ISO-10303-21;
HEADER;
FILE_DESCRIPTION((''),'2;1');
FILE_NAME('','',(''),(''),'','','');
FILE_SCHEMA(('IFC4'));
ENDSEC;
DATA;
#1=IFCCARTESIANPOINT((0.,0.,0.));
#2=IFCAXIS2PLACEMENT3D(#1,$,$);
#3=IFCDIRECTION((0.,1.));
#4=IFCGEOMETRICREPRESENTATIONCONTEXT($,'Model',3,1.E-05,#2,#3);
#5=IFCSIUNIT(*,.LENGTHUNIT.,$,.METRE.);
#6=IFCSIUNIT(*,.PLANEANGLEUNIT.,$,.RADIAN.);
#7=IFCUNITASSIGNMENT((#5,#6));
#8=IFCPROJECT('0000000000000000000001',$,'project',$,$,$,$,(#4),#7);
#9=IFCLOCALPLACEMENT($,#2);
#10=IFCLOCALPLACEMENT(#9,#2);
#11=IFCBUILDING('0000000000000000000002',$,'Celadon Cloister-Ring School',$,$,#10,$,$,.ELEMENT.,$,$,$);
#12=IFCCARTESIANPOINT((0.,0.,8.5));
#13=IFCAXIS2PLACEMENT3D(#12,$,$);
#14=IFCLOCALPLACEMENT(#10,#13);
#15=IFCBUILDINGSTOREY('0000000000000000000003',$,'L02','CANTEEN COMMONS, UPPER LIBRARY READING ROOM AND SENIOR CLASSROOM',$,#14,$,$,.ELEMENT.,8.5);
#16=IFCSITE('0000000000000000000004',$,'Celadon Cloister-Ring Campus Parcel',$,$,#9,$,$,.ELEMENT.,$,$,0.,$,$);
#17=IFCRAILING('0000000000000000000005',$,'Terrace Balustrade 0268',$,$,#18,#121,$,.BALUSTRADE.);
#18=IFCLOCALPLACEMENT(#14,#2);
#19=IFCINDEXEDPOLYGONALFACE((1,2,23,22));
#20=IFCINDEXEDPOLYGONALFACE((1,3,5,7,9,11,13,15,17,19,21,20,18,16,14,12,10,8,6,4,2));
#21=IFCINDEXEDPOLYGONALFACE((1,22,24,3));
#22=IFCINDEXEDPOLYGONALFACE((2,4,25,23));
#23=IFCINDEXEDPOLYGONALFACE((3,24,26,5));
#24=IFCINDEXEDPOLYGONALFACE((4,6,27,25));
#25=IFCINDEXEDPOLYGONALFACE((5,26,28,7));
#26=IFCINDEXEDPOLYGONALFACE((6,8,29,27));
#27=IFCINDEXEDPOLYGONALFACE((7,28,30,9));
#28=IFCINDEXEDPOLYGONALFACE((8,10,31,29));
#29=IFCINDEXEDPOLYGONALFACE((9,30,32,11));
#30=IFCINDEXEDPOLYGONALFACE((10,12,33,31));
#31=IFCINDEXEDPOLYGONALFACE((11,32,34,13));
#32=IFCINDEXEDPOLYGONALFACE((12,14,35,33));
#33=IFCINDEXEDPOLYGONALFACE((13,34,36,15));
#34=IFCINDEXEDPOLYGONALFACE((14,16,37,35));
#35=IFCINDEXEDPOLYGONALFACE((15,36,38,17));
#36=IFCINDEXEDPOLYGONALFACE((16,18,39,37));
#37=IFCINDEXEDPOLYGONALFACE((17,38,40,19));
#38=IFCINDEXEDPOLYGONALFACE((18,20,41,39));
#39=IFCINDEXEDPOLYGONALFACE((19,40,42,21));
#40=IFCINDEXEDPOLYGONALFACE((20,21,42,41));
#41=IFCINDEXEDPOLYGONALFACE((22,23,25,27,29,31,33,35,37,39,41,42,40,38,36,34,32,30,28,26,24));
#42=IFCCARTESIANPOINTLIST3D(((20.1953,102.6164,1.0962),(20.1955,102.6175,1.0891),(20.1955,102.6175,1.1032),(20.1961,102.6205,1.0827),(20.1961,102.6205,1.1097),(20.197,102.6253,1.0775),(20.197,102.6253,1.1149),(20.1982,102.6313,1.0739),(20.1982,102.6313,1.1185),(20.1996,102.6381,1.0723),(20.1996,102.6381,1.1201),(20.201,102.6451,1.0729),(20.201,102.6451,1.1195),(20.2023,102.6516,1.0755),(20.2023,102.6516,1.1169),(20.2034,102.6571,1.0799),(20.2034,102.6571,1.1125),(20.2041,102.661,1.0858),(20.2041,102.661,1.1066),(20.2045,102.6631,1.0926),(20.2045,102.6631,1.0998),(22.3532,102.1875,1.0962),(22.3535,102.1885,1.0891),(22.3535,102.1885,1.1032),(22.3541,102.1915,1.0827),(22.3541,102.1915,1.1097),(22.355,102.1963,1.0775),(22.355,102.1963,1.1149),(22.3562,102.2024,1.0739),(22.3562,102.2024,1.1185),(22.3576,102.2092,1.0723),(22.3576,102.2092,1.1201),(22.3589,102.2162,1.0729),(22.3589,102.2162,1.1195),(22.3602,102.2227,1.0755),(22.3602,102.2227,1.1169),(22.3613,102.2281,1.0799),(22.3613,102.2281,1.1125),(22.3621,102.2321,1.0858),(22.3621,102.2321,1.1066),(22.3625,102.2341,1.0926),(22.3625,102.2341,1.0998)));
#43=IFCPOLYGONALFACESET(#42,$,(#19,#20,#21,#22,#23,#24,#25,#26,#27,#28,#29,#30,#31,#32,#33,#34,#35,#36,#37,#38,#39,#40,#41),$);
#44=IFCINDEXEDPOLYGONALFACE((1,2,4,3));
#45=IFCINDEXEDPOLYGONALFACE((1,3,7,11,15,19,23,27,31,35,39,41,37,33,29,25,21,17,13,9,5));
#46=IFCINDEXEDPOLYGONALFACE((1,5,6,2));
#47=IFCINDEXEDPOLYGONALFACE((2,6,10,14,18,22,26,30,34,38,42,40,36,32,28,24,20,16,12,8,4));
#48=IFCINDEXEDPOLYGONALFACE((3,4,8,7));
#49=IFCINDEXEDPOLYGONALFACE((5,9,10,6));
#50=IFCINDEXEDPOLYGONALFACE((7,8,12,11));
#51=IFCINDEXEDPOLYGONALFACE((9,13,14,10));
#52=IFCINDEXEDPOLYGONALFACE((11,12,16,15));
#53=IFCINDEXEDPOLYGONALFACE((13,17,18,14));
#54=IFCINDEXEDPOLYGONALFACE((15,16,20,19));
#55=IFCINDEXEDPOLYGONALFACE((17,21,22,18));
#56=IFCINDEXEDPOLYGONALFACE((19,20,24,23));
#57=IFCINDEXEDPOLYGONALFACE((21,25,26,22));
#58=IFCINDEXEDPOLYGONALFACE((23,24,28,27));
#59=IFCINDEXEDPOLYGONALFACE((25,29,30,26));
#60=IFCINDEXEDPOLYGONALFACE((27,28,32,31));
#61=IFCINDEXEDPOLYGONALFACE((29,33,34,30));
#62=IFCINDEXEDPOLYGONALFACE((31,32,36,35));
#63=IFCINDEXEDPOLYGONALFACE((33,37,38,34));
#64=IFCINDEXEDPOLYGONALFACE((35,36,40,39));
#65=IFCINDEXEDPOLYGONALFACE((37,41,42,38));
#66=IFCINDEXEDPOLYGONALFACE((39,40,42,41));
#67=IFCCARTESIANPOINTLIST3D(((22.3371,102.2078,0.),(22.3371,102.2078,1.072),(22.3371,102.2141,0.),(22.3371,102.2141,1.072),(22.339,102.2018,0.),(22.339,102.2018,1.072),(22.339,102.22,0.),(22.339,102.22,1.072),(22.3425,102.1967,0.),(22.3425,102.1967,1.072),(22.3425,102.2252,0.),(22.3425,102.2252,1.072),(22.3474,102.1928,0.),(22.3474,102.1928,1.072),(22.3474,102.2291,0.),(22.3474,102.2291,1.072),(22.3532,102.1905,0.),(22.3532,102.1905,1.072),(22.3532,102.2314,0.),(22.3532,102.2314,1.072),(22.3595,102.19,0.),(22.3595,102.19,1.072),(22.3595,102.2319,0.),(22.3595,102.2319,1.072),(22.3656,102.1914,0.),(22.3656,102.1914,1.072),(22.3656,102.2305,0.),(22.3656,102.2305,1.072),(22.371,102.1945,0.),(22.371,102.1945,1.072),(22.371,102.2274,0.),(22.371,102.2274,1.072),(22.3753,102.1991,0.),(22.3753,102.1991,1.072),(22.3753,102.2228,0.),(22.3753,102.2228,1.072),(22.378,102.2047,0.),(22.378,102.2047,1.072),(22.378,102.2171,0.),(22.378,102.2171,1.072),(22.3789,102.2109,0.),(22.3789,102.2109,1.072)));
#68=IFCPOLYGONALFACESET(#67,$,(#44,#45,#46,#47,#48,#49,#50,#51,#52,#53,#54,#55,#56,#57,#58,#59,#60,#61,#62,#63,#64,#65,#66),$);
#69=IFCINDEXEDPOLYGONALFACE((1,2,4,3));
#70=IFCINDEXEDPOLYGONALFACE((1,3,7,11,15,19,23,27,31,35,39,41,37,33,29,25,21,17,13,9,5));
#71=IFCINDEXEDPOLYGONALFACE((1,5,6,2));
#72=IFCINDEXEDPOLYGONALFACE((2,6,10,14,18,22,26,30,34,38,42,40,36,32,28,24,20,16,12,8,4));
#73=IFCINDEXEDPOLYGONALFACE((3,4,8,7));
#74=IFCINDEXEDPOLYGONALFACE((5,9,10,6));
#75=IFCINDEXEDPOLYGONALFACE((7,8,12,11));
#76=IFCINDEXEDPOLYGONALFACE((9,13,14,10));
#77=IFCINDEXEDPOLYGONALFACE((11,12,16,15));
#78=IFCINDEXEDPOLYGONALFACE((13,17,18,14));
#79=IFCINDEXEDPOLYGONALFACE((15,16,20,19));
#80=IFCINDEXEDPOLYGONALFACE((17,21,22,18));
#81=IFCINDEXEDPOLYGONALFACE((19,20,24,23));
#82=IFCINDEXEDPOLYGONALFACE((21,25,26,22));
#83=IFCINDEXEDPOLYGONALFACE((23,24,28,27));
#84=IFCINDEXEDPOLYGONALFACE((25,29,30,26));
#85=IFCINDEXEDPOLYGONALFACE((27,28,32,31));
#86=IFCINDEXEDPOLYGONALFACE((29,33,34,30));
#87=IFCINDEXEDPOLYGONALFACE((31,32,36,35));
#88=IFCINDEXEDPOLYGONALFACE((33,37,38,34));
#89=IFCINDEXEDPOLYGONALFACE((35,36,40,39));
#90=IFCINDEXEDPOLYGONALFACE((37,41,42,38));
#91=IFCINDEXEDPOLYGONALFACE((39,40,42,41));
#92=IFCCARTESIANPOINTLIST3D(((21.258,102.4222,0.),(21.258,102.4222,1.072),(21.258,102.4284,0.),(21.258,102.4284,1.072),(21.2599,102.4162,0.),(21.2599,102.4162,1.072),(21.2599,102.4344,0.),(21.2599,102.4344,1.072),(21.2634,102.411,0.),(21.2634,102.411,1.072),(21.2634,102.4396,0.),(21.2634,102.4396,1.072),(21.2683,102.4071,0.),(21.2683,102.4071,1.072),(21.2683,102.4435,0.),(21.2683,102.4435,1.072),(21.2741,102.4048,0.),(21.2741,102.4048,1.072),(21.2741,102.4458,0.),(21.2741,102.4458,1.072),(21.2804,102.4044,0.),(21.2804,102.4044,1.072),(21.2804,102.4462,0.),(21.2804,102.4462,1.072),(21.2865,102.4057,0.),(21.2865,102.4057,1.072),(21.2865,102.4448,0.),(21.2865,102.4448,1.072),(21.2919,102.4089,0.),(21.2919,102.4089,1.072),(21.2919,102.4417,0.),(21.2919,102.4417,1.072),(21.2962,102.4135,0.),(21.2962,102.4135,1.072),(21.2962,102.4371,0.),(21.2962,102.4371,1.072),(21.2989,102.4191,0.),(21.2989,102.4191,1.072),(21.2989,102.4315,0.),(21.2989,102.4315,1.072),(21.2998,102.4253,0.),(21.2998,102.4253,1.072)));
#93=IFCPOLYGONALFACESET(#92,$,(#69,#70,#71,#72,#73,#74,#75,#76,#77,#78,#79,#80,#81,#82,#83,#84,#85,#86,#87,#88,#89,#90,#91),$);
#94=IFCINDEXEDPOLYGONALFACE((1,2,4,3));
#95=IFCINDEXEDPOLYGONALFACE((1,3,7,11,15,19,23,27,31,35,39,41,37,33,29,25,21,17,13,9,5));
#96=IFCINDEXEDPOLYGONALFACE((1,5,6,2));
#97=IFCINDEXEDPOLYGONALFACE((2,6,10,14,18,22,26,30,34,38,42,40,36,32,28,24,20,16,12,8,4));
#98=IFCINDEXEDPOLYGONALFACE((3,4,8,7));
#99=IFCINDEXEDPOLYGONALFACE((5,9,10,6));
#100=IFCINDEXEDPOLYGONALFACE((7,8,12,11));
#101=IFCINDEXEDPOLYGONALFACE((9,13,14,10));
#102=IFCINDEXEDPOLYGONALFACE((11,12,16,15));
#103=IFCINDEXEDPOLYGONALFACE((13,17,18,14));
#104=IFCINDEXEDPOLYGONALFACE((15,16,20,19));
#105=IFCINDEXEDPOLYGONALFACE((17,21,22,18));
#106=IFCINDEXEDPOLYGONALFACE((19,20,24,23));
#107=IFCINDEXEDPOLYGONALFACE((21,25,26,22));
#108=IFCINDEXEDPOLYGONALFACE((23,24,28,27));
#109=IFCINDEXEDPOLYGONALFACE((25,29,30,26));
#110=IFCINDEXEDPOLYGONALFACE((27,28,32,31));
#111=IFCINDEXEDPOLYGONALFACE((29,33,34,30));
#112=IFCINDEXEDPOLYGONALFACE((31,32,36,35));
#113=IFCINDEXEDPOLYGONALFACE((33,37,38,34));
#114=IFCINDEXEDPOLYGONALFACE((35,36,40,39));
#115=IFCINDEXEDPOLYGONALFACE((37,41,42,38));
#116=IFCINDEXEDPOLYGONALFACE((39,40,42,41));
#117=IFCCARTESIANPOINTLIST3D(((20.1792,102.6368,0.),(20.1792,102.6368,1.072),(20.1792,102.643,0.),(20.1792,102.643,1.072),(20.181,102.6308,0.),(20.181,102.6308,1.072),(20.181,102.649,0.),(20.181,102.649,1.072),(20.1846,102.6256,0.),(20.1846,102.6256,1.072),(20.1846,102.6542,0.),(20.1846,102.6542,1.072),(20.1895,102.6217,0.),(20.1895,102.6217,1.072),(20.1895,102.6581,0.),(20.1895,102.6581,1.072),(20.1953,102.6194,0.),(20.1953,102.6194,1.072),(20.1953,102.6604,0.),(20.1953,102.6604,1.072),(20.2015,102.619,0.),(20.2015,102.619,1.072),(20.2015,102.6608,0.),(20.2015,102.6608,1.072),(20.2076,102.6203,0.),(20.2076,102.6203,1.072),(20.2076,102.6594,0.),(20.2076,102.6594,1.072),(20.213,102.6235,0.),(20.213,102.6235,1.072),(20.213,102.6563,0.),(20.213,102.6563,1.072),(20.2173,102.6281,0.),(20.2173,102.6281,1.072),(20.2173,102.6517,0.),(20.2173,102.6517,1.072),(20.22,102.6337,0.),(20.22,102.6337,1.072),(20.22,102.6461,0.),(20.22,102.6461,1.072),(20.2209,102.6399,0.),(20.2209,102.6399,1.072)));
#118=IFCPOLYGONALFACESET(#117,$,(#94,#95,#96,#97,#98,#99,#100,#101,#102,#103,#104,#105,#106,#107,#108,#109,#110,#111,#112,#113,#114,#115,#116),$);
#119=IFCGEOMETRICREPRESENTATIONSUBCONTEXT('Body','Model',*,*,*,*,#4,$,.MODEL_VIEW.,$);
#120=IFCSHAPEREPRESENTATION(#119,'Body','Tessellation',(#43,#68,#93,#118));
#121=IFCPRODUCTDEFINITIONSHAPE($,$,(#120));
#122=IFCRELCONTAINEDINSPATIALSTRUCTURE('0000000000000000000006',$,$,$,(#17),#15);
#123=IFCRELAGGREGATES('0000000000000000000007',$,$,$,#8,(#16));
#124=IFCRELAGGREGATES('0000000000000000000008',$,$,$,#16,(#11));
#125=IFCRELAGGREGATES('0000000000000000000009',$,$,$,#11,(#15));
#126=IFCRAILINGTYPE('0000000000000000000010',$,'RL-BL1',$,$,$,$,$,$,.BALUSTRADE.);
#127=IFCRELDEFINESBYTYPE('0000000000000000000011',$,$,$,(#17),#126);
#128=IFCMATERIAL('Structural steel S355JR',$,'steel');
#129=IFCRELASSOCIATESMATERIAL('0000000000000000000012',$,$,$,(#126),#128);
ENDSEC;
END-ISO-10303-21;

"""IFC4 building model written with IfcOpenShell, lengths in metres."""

from ifc_helpers import new_model, si_unit, direction, frame, origin, origin_2d, place, context, subcontext, project, spatial, circle, extrude, material, type_object, element, save


model = new_model("IFC4")

# Units and contexts
model_context = context("Model", 3, precision=1e-05, world=origin(), true_north=direction((0.0, 1.0)))
body_context = subcontext(model_context, "Body", "Model", "MODEL_VIEW")
ifc_project = project(units=[si_unit("LENGTHUNIT", "METRE"), si_unit("PLANEANGLEUNIT", "RADIAN")], contexts=[model_context])

# Site, building, storey
site_placement = place(None, origin())
site = spatial("IfcSite", under=ifc_project, at=site_placement, Name="Celadon Cloister-Ring Campus Parcel", CompositionType="ELEMENT", RefElevation=0.0)
building_placement = place(site_placement, origin())
building = spatial("IfcBuilding", under=site, at=building_placement, Name="Celadon Cloister-Ring School", CompositionType="ELEMENT")
storey_placement = place(building_placement, frame((0.0, 0.0, 8.5)))
storey = spatial("IfcBuildingStorey", under=building, at=storey_placement, Name="L02", Description="CANTEEN COMMONS, UPPER LIBRARY READING ROOM AND SENIOR CLASSROOM", CompositionType="ELEMENT", Elevation=8.5)

# Railing
ifc_material_1 = material(Name="Structural steel S355JR", Category="steel")
railing_type = type_object("IfcRailingType", Name="RL-BL1", PredefinedType="BALUSTRADE", material=ifc_material_1)
railing_1_placement = place(storey_placement, frame((22.3579, 102.2109, 0.0)))
element("IfcRailing", 1, at=railing_1_placement, inside=storey, type_object=railing_type, Name="Terrace Balustrade 0268", PredefinedType="BALUSTRADE", context=body_context, shape_type="SweptSolid", body=[
    extrude(circle(Radius=0.0239, at=origin_2d()), frame((0.0, 0.0, 1.0962), z_axis=(-0.98081, 0.194964, 0.0), x_axis=(-0.194964, -0.98081, 0.0)), (0.0, 0.0, 1.0), 2.2002),
    extrude(circle(Radius=0.021, at=origin_2d()), origin(), (0.0, 0.0, 1.0), 1.072),
    extrude(circle(Radius=0.021, at=origin_2d()), frame((-1.0791, 0.2144, 0.0)), (0.0, 0.0, 1.0), 1.072),
    extrude(circle(Radius=0.021, at=origin_2d()), frame((-2.158, 0.429, 0.0)), (0.0, 0.0, 1.0), 1.072),
])

save(model, "model.ifc")
